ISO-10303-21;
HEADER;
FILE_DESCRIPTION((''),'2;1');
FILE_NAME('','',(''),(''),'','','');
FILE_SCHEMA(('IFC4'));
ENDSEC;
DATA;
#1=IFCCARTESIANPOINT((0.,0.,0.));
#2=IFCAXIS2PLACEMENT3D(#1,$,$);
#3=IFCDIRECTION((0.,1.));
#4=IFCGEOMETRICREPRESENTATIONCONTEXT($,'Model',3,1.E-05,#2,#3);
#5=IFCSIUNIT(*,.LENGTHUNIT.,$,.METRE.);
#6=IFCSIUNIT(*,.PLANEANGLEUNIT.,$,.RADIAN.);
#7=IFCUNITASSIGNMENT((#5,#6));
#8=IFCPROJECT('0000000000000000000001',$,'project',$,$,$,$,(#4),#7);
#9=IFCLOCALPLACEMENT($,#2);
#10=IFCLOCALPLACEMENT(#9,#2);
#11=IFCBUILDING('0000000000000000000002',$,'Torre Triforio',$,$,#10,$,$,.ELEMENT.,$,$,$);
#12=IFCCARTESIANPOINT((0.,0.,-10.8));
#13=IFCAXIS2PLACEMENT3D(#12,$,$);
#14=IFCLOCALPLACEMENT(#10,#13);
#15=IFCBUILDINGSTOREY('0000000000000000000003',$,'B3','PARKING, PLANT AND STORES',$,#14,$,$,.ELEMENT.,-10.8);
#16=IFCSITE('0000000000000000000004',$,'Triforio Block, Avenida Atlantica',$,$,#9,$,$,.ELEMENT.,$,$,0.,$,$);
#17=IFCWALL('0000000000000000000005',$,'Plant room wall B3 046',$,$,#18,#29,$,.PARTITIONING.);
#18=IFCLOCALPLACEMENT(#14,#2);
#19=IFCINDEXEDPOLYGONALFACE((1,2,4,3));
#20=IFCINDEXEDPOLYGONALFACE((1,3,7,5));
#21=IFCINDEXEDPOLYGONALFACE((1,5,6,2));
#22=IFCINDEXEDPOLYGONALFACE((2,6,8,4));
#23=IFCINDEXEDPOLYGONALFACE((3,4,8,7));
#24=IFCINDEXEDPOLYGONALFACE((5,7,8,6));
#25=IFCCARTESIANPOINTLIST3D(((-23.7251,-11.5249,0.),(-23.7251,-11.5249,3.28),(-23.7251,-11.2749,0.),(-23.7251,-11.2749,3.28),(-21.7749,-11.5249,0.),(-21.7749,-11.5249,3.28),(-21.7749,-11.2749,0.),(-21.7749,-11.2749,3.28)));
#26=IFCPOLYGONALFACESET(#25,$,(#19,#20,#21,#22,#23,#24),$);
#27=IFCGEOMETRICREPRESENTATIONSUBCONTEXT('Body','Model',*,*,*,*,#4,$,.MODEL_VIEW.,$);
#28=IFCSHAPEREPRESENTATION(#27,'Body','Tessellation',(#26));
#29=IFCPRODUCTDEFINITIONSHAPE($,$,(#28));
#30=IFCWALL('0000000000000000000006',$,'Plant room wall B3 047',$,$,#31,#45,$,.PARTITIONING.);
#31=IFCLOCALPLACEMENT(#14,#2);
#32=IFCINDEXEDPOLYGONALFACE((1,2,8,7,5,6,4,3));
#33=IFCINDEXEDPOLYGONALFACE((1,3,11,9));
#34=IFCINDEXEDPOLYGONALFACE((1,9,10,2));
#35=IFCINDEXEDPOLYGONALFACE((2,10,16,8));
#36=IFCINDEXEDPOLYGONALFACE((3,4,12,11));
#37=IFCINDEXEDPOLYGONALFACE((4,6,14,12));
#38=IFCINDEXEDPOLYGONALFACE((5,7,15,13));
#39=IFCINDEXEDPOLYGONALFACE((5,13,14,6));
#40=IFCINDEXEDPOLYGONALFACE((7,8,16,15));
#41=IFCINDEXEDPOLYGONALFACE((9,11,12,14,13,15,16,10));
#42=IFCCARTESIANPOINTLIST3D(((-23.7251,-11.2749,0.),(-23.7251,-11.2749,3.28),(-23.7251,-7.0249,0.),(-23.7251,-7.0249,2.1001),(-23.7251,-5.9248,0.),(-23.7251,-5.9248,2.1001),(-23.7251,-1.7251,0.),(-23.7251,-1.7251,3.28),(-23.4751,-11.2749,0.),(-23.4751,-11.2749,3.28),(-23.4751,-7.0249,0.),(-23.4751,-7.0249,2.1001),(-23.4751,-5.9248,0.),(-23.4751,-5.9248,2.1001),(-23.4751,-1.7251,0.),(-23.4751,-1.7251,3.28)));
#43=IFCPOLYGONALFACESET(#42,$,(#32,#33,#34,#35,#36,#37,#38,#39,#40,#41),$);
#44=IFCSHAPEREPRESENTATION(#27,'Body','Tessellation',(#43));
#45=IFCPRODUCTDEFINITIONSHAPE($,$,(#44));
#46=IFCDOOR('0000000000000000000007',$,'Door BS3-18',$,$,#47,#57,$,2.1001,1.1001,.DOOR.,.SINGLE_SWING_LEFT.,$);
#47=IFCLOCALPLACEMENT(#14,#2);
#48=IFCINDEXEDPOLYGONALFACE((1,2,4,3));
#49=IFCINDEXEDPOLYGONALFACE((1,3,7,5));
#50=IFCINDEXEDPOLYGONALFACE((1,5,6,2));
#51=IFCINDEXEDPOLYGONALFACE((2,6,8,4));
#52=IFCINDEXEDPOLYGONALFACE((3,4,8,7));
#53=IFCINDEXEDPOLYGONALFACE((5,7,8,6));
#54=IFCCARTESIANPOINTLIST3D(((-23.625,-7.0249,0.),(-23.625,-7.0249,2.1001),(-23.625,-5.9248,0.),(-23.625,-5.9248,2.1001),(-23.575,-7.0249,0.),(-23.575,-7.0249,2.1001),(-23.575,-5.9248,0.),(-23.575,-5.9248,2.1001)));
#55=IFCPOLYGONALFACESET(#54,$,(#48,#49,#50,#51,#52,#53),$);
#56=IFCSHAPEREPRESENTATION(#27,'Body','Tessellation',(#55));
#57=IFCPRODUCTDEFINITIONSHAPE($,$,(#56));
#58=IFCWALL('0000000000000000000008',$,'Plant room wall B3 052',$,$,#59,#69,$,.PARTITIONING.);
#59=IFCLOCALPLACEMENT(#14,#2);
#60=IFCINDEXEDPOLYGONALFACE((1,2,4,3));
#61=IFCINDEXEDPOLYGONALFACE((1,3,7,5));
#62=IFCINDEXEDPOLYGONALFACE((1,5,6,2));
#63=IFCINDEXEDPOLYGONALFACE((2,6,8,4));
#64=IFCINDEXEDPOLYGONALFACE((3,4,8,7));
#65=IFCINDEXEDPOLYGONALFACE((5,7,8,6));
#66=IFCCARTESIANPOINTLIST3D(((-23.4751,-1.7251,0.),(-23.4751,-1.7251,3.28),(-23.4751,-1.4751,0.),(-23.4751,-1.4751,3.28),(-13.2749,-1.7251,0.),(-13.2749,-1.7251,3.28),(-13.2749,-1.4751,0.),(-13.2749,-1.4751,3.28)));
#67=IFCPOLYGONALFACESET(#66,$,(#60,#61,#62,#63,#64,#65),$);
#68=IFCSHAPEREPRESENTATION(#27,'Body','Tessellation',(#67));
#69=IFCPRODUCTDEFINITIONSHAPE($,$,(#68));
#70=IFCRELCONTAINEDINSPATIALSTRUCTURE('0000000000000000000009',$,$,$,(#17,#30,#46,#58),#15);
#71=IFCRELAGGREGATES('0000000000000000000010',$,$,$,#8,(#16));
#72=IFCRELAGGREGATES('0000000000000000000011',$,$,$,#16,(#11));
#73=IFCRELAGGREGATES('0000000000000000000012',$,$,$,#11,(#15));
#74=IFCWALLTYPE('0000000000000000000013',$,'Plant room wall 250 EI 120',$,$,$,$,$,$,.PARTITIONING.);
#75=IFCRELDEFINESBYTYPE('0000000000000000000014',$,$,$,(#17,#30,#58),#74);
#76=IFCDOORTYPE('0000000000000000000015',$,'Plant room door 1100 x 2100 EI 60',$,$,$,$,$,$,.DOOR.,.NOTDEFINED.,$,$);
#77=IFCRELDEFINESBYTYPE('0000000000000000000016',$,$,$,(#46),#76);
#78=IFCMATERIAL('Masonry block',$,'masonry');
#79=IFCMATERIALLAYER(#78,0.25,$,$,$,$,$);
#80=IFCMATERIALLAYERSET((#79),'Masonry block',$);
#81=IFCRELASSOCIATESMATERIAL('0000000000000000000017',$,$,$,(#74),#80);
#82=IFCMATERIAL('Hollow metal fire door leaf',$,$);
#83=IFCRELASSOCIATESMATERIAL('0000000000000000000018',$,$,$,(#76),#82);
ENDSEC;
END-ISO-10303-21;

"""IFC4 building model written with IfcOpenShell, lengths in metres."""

from ifc_helpers import new_model, si_unit, direction, frame, frame_2d, origin, place, context, subcontext, project, spatial, rectangle, extrude, material, layer, layer_set, type_object, element, fill, save


model = new_model("IFC4")

# Units and contexts
model_context = context("Model", 3, precision=1e-05, world=origin(), true_north=direction((0.0, 1.0)))
body_context = subcontext(model_context, "Body", "Model", "MODEL_VIEW")
ifc_project = project(units=[si_unit("LENGTHUNIT", "METRE"), si_unit("PLANEANGLEUNIT", "RADIAN")], contexts=[model_context])

# Site, building, storey
site_placement = place(None, origin())
site = spatial("IfcSite", under=ifc_project, at=site_placement, Name="Triforio Block, Avenida Atlantica", CompositionType="ELEMENT", RefElevation=0.0)
building_placement = place(site_placement, origin())
building = spatial("IfcBuilding", under=site, at=building_placement, Name="Torre Triforio", CompositionType="ELEMENT")
storey_placement = place(building_placement, frame((0.0, 0.0, -10.8)))
storey = spatial("IfcBuildingStorey", under=building, at=storey_placement, Name="B3", Description="PARKING, PLANT AND STORES", CompositionType="ELEMENT", Elevation=-10.8)

# Wall
ifc_material_1 = material(Name="Masonry block", Category="masonry")
ifc_layer_1 = layer(ifc_material_1, 0.25)
ifc_layer_set_1 = layer_set([ifc_layer_1], Name="Masonry block")
wall_type_1 = type_object("IfcWallType", Name="Plant room wall 250 EI 120", PredefinedType="PARTITIONING", material=ifc_layer_set_1)
wall_1_placement = place(storey_placement, frame((-23.7251, -11.3999, 0.0), z_axis=(0.0, 0.0, 1.0), x_axis=(1.0, 0.0, 0.0)))
element("IfcWall", 1, at=wall_1_placement, inside=storey, type_object=wall_type_1, Name="Plant room wall B3 046", PredefinedType="PARTITIONING", context=body_context, shape_type="SweptSolid", body=[
    extrude(rectangle(XDim=1.9502, YDim=0.25, at=frame_2d((0.9751, 0.0))), origin(), (0.0, 0.0, 1.0), 3.28),
])

# Wall, opening, door
wall_2_placement = place(storey_placement, frame((-23.6001, -11.2749, 0.0), z_axis=(0.0, 0.0, 1.0), x_axis=(0.0, 1.0, 0.0)))
wall_2 = element("IfcWall", 2, at=wall_2_placement, inside=storey, type_object=wall_type_1, Name="Plant room wall B3 047", PredefinedType="PARTITIONING", context=body_context, shape_type="SweptSolid", body=[
    extrude(rectangle(XDim=9.5498, YDim=0.25, at=frame_2d((4.7749, 0.0))), origin(), (0.0, 0.0, 1.0), 3.28),
])
opening_placement = place(wall_2_placement, frame((4.25, 0.0, 0.0)))
opening = element("IfcOpeningElement", 3, at=opening_placement, cuts=wall_2, PredefinedType="OPENING", context=body_context, shape_type="SweptSolid", body=[
    extrude(rectangle(XDim=1.1001, YDim=2.1001, at=frame_2d((0.55, 1.05))), frame((0.0, 0.135, 0.0), z_axis=(0.0, -1.0, 0.0), x_axis=(1.0, 0.0, 0.0)), (0.0, 0.0, 1.0), 0.27),
])
ifc_material_2 = material(Name="Hollow metal fire door leaf")
door_type = type_object("IfcDoorType", Name="Plant room door 1100 x 2100 EI 60", OperationType="NOTDEFINED", PredefinedType="DOOR", material=ifc_material_2)
door_placement = place(opening_placement, origin())
door = element("IfcDoor", 4, at=door_placement, inside=storey, type_object=door_type, Name="Door BS3-18", OperationType="SINGLE_SWING_LEFT", OverallHeight=2.1001, OverallWidth=1.1001, PredefinedType="DOOR", context=body_context, shape_type="SweptSolid", body=[
    extrude(rectangle(XDim=1.1001, YDim=2.1001, at=frame_2d((0.55, 1.05))), frame((0.0, 0.0249, 0.0), z_axis=(0.0, -1.0, 0.0), x_axis=(1.0, 0.0, 0.0)), (0.0, 0.0, 1.0), 0.05),
])
fill(opening, door)

# Wall
wall_3_placement = place(storey_placement, frame((-23.4751, -1.6001, 0.0), z_axis=(0.0, 0.0, 1.0), x_axis=(1.0, 0.0, 0.0)))
element("IfcWall", 5, at=wall_3_placement, inside=storey, type_object=wall_type_1, Name="Plant room wall B3 052", PredefinedType="PARTITIONING", context=body_context, shape_type="SweptSolid", body=[
    extrude(rectangle(XDim=10.2002, YDim=0.25, at=frame_2d((5.1001, 0.0))), origin(), (0.0, 0.0, 1.0), 3.28),
])

save(model, "model.ifc")
